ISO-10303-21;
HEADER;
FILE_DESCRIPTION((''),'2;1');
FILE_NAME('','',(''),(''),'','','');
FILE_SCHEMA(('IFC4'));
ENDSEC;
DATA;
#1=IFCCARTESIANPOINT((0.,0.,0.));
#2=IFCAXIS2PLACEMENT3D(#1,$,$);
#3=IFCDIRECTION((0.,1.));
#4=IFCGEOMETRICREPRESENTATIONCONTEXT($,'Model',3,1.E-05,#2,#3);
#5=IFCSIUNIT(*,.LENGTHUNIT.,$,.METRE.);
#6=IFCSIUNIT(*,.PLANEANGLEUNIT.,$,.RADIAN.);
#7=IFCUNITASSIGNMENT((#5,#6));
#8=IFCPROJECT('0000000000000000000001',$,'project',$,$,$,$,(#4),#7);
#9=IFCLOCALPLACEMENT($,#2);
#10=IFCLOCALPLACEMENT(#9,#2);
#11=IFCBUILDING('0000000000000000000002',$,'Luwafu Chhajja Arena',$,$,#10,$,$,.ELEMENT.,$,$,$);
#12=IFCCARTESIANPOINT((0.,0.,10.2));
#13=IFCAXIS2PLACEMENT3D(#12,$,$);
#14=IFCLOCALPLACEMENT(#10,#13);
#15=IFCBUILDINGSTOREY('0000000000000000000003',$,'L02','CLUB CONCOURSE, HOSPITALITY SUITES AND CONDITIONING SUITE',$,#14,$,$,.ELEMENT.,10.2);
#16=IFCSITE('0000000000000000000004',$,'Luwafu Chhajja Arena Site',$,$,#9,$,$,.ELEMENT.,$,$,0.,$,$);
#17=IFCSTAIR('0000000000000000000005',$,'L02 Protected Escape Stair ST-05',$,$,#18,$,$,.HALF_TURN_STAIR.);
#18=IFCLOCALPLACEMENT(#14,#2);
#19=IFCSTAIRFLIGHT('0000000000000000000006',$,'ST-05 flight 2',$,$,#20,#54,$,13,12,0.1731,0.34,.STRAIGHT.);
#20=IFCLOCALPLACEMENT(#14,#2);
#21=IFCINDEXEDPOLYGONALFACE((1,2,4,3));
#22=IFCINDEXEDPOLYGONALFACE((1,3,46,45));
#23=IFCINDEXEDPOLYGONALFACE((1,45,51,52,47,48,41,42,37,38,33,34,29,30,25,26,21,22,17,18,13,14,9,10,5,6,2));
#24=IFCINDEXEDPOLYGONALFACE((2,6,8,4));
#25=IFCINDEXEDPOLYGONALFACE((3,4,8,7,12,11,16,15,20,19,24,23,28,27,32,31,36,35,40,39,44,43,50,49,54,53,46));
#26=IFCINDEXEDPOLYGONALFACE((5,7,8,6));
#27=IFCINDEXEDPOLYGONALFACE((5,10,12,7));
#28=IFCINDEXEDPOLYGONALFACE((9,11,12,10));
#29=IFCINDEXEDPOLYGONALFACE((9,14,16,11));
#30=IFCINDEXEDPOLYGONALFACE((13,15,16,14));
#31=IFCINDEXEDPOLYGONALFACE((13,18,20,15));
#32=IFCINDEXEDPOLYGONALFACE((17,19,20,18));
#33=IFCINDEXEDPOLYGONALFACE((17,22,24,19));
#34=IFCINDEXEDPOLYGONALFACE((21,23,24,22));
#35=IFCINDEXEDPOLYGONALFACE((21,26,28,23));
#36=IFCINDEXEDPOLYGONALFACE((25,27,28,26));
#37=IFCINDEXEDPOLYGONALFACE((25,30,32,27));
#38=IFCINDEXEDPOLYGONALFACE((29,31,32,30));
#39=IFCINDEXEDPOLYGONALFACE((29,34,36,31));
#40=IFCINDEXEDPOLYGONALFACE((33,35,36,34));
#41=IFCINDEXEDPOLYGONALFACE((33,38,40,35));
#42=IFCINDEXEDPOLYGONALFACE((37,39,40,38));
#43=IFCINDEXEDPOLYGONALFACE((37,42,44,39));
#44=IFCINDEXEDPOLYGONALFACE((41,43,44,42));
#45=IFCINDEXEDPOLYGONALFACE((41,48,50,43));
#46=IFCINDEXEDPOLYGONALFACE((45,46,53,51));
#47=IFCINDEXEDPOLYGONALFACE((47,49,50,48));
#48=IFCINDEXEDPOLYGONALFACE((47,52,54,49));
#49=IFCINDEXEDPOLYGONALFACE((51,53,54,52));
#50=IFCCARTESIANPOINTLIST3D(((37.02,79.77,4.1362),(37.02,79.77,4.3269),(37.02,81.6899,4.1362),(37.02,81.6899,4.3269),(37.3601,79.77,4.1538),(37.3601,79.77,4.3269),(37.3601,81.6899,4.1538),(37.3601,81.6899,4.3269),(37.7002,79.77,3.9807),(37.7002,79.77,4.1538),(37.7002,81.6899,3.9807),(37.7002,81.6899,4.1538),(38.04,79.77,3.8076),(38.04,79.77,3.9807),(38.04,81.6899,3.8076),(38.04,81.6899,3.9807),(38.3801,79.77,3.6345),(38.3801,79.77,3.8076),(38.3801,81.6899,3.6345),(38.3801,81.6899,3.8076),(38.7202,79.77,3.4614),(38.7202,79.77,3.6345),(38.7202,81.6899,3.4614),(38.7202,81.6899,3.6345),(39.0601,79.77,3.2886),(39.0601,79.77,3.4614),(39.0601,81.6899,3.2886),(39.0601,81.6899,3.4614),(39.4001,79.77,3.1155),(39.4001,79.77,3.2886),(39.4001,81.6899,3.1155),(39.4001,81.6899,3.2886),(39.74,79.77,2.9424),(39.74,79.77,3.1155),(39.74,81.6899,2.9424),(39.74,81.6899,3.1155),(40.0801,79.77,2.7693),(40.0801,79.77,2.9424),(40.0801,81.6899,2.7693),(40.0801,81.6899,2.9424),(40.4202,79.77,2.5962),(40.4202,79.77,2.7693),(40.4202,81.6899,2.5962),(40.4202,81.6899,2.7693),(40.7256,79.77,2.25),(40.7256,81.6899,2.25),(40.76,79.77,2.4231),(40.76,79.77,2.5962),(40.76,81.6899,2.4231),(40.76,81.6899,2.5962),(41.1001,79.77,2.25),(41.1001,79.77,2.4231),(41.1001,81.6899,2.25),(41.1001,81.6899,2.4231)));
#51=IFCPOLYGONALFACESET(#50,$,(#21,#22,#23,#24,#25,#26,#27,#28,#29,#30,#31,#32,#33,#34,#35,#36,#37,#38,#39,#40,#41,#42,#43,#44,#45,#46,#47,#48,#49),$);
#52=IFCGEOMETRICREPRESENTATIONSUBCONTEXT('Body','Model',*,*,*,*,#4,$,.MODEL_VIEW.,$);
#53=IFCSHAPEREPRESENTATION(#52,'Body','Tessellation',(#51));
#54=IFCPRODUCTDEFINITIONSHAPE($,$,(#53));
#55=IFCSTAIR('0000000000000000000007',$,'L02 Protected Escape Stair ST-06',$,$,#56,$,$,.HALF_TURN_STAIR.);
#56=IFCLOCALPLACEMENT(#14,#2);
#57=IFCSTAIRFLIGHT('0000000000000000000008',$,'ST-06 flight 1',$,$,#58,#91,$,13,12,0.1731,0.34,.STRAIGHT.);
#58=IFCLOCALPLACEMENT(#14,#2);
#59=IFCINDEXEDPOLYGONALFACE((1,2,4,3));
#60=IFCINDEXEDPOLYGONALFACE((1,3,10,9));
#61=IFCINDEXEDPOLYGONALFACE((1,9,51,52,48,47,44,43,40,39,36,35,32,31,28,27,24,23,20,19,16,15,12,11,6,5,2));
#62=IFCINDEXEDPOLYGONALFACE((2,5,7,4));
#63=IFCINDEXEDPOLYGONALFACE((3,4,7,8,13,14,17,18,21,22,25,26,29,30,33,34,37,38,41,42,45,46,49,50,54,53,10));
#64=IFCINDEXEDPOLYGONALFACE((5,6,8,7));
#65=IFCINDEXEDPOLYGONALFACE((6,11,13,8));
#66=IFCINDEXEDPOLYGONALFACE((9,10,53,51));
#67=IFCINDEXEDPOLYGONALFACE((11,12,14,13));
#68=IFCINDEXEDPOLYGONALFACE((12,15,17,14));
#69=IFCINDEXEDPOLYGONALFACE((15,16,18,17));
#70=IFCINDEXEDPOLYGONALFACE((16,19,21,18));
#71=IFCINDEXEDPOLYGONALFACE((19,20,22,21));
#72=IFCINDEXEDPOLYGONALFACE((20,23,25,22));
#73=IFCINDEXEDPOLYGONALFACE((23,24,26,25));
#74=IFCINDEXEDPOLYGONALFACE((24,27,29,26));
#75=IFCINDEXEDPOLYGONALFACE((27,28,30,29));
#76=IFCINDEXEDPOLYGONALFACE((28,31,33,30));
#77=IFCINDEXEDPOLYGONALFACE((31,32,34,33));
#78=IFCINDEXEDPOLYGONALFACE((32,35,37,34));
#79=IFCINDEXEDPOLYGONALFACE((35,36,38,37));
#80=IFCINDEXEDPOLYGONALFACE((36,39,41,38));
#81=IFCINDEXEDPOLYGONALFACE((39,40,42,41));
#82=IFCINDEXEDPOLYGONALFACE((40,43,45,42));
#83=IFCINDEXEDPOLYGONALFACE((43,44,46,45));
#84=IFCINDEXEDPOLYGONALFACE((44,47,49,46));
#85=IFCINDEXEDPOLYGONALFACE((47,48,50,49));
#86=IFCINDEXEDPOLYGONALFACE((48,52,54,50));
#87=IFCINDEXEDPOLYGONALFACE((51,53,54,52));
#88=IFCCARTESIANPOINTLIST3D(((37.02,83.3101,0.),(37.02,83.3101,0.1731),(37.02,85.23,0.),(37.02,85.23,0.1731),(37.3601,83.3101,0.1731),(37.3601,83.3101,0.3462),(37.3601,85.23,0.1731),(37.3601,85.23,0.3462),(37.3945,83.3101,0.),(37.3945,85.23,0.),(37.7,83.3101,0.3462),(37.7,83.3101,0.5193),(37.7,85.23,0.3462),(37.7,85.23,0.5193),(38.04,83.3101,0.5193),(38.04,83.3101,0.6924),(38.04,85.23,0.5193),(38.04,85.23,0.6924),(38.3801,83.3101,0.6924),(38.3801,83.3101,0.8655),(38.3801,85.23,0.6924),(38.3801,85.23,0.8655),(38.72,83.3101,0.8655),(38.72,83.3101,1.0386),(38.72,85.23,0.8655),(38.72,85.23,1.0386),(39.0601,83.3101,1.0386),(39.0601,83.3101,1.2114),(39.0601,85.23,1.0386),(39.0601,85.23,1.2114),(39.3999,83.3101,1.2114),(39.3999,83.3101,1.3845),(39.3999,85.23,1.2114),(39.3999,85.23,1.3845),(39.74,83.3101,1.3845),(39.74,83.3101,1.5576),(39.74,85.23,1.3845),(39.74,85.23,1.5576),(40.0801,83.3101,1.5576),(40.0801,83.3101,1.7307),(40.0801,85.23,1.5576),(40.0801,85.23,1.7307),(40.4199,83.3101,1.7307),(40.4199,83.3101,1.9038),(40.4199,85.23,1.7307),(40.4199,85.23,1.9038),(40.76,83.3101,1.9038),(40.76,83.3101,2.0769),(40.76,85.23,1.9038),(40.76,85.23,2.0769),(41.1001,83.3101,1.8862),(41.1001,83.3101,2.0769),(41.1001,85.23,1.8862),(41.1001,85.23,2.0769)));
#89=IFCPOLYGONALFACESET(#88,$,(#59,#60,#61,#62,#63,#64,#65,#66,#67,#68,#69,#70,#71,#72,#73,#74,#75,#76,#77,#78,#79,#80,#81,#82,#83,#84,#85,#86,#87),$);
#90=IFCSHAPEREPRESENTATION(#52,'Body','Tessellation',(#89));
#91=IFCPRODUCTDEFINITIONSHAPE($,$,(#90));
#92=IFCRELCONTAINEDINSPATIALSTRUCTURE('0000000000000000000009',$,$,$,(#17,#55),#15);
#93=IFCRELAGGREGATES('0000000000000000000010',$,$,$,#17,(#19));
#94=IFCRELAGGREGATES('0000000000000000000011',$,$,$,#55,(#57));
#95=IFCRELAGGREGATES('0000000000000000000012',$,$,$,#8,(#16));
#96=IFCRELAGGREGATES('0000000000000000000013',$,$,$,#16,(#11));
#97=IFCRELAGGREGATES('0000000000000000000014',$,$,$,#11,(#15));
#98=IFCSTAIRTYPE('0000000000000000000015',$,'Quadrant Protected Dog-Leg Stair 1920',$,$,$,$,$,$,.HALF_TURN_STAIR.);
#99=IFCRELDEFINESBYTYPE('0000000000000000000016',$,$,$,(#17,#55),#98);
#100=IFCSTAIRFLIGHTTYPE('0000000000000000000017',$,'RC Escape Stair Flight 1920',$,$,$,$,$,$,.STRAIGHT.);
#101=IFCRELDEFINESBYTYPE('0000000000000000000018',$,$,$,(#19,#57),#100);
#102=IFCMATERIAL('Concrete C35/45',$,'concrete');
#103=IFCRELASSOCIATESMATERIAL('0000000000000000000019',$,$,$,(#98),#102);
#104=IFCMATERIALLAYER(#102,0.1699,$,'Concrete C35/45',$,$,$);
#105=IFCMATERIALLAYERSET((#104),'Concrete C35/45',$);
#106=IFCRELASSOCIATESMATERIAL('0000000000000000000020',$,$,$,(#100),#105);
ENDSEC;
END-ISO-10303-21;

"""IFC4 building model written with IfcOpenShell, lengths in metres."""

from ifc_helpers import new_model, si_unit, direction, frame, origin, place, context, subcontext, project, spatial, polyline, outline, extrude, material, layer, layer_set, type_object, element, aggregate, save


model = new_model("IFC4")

# Units and contexts
model_context = context("Model", 3, precision=1e-05, world=origin(), true_north=direction((0.0, 1.0)))
body_context = subcontext(model_context, "Body", "Model", "MODEL_VIEW")
ifc_project = project(units=[si_unit("LENGTHUNIT", "METRE"), si_unit("PLANEANGLEUNIT", "RADIAN")], contexts=[model_context])

# Site, building, storey
site_placement = place(None, origin())
site = spatial("IfcSite", under=ifc_project, at=site_placement, Name="Luwafu Chhajja Arena Site", CompositionType="ELEMENT", RefElevation=0.0)
building_placement = place(site_placement, origin())
building = spatial("IfcBuilding", under=site, at=building_placement, Name="Luwafu Chhajja Arena", CompositionType="ELEMENT")
storey_placement = place(building_placement, frame((0.0, 0.0, 10.2)))
storey = spatial("IfcBuildingStorey", under=building, at=storey_placement, Name="L02", Description="CLUB CONCOURSE, HOSPITALITY SUITES AND CONDITIONING SUITE", CompositionType="ELEMENT", Elevation=10.2)

# Shared definitions
ifc_material_1 = material(Name="Concrete C35/45", Category="concrete")

# Stair, stair flight
stair_type = type_object("IfcStairType", Name="Quadrant Protected Dog-Leg Stair 1920", PredefinedType="HALF_TURN_STAIR", material=ifc_material_1)
stair_1_placement = place(storey_placement, origin())
stair_1 = element("IfcStair", 1, at=stair_1_placement, inside=storey, type_object=stair_type, Name="L02 Protected Escape Stair ST-05", PredefinedType="HALF_TURN_STAIR")
ifc_layer_1 = layer(ifc_material_1, 0.1699, Name="Concrete C35/45")
ifc_layer_set_1 = layer_set([ifc_layer_1], Name="Concrete C35/45")
stair_flight_type = type_object("IfcStairFlightType", Name="RC Escape Stair Flight 1920", PredefinedType="STRAIGHT", material=ifc_layer_set_1)
stair_flight_1_placement = place(storey_placement, frame((41.1001, 80.73, 2.25), z_axis=(0.0, 0.0, 1.0), x_axis=(-1.0, 0.0, 0.0)))
stair_flight_1 = element("IfcStairFlight", 2, at=stair_flight_1_placement, type_object=stair_flight_type, Name="ST-05 flight 2", NumberOfRisers=13, NumberOfTreads=12, PredefinedType="STRAIGHT", RiserHeight=0.1731, TreadLength=0.34, context=body_context, shape_type="SweptSolid", body=[
    extrude(outline(polyline([(0.0, 0.0), (0.0, 0.1731), (0.3401, 0.1731), (0.3401, 0.3462), (0.6799, 0.3462), (0.6799, 0.5193), (1.02, 0.5193), (1.02, 0.6924), (1.3601, 0.6924), (1.3601, 0.8655), (1.7, 0.8655), (1.7, 1.0386), (2.04, 1.0386), (2.04, 1.2114), (2.3799, 1.2114), (2.3799, 1.3845), (2.72, 1.3845), (2.72, 1.5576), (3.0601, 1.5576), (3.0601, 1.7307), (3.3999, 1.7307), (3.3999, 1.9038), (3.74, 1.9038), (3.74, 2.0769), (4.0801, 2.0769), (4.0801, 2.25), (4.0801, 1.8862), (0.3745, 0.0), (0.0, 0.0)])), frame((0.0, 0.96, 0.0), z_axis=(0.0, -1.0, 0.0), x_axis=(1.0, 0.0, 0.0)), (0.0, 0.0, 1.0), 1.9199),
])
aggregate(stair_1, [stair_flight_1])

# Stair, stair flight
stair_2_placement = place(storey_placement, origin())
stair_2 = element("IfcStair", 3, at=stair_2_placement, inside=storey, type_object=stair_type, Name="L02 Protected Escape Stair ST-06", PredefinedType="HALF_TURN_STAIR")
stair_flight_2_placement = place(storey_placement, frame((37.02, 84.27, 0.0), z_axis=(0.0, 0.0, 1.0), x_axis=(1.0, 0.0, 0.0)))
stair_flight_2 = element("IfcStairFlight", 4, at=stair_flight_2_placement, type_object=stair_flight_type, Name="ST-06 flight 1", NumberOfRisers=13, NumberOfTreads=12, PredefinedType="STRAIGHT", RiserHeight=0.1731, TreadLength=0.34, context=body_context, shape_type="SweptSolid", body=[
    extrude(outline(polyline([(0.0, 0.0), (0.0, 0.1731), (0.3401, 0.1731), (0.3401, 0.3462), (0.6799, 0.3462), (0.6799, 0.5193), (1.02, 0.5193), (1.02, 0.6924), (1.3601, 0.6924), (1.3601, 0.8655), (1.7, 0.8655), (1.7, 1.0386), (2.04, 1.0386), (2.04, 1.2114), (2.3799, 1.2114), (2.3799, 1.3845), (2.72, 1.3845), (2.72, 1.5576), (3.0601, 1.5576), (3.0601, 1.7307), (3.3999, 1.7307), (3.3999, 1.9038), (3.74, 1.9038), (3.74, 2.0769), (4.0801, 2.0769), (4.0801, 2.25), (4.0801, 1.8862), (0.3745, 0.0), (0.0, 0.0)])), frame((0.0, 0.96, 0.0), z_axis=(0.0, -1.0, 0.0), x_axis=(1.0, 0.0, 0.0)), (0.0, 0.0, 1.0), 1.9199),
])
aggregate(stair_2, [stair_flight_2])

save(model, "model.ifc")
